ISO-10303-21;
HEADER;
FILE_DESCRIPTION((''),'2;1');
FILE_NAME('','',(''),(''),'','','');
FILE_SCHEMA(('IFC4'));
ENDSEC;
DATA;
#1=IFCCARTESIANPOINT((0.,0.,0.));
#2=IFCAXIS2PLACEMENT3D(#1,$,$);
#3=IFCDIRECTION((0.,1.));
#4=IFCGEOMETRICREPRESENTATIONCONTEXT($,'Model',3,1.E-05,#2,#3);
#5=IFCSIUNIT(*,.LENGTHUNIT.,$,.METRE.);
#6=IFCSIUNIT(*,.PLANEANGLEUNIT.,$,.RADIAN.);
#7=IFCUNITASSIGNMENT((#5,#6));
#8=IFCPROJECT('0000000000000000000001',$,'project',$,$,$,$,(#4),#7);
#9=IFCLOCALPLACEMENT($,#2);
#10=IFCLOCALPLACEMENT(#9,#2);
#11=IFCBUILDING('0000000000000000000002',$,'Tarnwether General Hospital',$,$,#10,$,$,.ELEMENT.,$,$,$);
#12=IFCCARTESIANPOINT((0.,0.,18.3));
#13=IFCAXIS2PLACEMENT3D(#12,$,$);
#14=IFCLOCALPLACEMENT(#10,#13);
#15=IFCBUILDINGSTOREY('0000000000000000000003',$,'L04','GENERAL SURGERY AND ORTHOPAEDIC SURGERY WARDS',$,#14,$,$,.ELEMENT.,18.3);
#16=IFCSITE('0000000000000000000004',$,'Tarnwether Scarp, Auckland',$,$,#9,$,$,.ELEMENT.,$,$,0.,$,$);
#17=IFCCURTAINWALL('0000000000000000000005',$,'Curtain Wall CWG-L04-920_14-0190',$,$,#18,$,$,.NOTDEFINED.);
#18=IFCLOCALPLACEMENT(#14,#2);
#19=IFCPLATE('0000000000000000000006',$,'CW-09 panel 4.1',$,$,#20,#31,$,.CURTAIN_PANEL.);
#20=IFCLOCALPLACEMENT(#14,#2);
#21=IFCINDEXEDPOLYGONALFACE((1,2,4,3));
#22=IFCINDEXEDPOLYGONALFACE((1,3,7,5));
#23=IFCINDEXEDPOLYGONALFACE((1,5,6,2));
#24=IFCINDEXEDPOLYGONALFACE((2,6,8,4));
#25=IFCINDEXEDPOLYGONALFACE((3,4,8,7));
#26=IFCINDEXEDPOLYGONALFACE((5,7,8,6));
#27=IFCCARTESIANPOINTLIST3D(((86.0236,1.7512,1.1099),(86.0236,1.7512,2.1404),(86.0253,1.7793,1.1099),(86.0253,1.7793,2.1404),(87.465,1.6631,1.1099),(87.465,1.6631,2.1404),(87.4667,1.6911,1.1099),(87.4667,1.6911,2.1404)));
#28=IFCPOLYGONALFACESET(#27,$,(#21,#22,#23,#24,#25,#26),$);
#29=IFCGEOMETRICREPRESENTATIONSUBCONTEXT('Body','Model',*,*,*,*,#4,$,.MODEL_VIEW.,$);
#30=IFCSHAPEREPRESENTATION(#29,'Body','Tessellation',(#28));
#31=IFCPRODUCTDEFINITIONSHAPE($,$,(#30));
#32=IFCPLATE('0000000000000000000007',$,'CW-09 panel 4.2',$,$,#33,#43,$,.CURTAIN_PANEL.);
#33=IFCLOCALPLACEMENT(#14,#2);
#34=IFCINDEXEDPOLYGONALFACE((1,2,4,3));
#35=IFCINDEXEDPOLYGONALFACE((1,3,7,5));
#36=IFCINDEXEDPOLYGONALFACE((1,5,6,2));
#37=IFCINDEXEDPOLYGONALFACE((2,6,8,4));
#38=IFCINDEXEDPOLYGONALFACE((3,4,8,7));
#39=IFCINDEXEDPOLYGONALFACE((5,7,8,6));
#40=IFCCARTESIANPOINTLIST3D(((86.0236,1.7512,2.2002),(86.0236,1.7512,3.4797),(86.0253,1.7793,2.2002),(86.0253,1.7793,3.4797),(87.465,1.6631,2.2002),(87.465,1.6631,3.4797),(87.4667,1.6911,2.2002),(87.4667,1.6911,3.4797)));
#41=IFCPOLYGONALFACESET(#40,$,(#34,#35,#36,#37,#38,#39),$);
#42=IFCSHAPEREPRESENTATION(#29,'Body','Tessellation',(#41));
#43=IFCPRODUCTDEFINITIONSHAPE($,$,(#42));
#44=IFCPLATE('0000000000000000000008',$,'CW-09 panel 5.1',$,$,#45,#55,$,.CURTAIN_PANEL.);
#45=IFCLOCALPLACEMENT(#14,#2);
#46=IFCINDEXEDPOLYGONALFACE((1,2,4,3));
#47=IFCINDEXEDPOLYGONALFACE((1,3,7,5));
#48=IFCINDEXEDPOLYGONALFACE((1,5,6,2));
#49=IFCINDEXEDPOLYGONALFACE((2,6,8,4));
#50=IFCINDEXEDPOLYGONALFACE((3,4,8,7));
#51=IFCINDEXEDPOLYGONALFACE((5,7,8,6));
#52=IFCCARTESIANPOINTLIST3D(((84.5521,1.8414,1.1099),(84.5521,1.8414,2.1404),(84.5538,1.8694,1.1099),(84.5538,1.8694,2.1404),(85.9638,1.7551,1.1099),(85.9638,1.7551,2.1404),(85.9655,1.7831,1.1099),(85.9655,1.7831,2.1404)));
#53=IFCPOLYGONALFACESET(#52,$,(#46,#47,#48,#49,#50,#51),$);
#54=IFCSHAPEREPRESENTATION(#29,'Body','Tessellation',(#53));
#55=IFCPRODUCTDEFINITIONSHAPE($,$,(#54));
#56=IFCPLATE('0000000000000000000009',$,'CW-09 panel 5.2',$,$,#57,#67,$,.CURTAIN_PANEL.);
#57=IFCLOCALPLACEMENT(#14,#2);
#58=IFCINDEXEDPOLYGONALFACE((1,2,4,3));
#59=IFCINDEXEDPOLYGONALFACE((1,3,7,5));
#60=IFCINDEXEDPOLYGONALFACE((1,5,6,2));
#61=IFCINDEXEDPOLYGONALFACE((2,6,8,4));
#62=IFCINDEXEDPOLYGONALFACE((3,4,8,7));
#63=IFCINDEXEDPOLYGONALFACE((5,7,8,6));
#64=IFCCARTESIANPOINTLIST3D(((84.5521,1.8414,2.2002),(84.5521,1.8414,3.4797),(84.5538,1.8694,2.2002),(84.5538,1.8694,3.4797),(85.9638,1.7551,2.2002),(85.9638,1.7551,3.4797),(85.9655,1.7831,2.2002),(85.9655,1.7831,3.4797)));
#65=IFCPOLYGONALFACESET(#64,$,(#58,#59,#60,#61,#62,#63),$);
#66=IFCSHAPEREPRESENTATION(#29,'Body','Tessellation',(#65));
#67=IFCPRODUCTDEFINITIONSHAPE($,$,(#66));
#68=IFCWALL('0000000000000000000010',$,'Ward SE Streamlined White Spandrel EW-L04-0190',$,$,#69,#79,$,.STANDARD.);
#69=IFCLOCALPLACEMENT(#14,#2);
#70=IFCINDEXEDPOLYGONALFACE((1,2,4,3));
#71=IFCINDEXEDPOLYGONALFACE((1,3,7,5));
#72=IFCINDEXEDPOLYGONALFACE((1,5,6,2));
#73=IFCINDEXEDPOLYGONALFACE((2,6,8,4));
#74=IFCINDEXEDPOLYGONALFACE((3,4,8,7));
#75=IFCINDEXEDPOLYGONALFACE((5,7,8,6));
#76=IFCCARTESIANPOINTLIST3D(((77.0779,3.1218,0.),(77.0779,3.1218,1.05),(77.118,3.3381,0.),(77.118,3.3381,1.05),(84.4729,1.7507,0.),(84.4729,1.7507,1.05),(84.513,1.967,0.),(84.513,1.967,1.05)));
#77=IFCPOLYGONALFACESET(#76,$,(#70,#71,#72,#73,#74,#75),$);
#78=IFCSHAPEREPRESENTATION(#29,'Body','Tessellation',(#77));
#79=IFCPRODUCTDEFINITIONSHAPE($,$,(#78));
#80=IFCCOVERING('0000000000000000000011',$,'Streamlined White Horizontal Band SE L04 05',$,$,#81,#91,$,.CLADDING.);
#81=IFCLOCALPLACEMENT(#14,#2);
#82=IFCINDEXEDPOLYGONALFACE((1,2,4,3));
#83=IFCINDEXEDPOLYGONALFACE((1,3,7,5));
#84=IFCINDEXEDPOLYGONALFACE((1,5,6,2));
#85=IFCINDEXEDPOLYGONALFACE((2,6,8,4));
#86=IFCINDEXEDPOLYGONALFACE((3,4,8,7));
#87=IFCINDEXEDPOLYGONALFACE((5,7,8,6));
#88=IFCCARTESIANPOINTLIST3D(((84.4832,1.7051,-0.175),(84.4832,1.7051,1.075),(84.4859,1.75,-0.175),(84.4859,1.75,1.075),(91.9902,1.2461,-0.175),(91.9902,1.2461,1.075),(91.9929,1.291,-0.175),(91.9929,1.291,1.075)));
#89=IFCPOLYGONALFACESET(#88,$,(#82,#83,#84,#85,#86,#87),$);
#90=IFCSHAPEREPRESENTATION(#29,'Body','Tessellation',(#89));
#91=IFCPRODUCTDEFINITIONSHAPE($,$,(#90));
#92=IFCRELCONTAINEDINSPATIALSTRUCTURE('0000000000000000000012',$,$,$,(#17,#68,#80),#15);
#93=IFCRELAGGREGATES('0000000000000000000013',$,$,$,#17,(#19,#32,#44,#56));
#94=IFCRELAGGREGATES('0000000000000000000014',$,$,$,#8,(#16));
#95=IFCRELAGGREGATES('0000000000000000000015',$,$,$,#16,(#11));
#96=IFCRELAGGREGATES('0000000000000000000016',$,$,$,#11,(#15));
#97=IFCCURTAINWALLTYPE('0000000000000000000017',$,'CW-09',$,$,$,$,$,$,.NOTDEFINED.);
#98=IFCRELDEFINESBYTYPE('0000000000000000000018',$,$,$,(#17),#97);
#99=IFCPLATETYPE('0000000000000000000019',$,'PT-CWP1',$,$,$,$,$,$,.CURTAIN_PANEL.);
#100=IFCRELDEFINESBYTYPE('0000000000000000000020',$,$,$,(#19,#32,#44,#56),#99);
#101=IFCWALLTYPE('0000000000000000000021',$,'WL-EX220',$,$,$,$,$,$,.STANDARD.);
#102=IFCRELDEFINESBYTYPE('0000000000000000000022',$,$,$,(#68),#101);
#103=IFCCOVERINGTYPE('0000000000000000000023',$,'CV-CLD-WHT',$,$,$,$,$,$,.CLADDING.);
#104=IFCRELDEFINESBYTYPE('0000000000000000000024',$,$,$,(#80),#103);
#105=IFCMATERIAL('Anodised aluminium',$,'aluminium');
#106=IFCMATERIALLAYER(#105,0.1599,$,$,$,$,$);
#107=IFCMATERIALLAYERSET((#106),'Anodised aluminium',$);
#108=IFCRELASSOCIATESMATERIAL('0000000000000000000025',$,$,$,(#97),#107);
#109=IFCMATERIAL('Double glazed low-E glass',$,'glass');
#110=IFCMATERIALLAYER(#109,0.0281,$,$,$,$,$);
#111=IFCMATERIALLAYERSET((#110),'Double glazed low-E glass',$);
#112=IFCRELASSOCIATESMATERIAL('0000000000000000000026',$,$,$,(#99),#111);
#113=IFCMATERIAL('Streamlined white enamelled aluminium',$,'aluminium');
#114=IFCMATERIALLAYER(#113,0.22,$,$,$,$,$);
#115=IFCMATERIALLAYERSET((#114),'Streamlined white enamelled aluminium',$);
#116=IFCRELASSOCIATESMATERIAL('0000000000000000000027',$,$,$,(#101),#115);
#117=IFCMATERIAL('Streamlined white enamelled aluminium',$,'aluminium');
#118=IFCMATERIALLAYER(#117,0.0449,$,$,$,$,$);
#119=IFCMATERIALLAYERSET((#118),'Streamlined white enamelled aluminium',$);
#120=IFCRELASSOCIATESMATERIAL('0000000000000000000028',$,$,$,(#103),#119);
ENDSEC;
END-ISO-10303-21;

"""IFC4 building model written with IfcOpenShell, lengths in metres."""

from ifc_helpers import new_model, si_unit, direction, frame, frame_2d, origin, origin_2d, place, context, subcontext, project, spatial, rectangle, extrude, material, layer, layer_set, type_object, element, aggregate, save


model = new_model("IFC4")

# Units and contexts
model_context = context("Model", 3, precision=1e-05, world=origin(), true_north=direction((0.0, 1.0)))
body_context = subcontext(model_context, "Body", "Model", "MODEL_VIEW")
ifc_project = project(units=[si_unit("LENGTHUNIT", "METRE"), si_unit("PLANEANGLEUNIT", "RADIAN")], contexts=[model_context])

# Site, building, storey
site_placement = place(None, origin())
site = spatial("IfcSite", under=ifc_project, at=site_placement, Name="Tarnwether Scarp, Auckland", CompositionType="ELEMENT", RefElevation=0.0)
building_placement = place(site_placement, origin())
building = spatial("IfcBuilding", under=site, at=building_placement, Name="Tarnwether General Hospital", CompositionType="ELEMENT")
storey_placement = place(building_placement, frame((0.0, 0.0, 18.3)))
storey = spatial("IfcBuildingStorey", under=building, at=storey_placement, Name="L04", Description="GENERAL SURGERY AND ORTHOPAEDIC SURGERY WARDS", CompositionType="ELEMENT", Elevation=18.3)

# Curtain wall
ifc_material_1 = material(Name="Anodised aluminium", Category="aluminium")
ifc_layer_1 = layer(ifc_material_1, 0.1599)
ifc_layer_set_1 = layer_set([ifc_layer_1], Name="Anodised aluminium")
curtain_wall_type = type_object("IfcCurtainWallType", Name="CW-09", PredefinedType="NOTDEFINED", material=ifc_layer_set_1)
curtain_wall_1_placement = place(storey_placement, origin())
curtain_wall_1 = element("IfcCurtainWall", 1, at=curtain_wall_1_placement, inside=storey, type_object=curtain_wall_type, Name="Curtain Wall CWG-L04-920_14-0190", PredefinedType="NOTDEFINED")

# Plates
ifc_material_2 = material(Name="Double glazed low-E glass", Category="glass")
ifc_layer_2 = layer(ifc_material_2, 0.0281)
ifc_layer_set_2 = layer_set([ifc_layer_2], Name="Double glazed low-E glass")
plate_type = type_object("IfcPlateType", Name="PT-CWP1", PredefinedType="CURTAIN_PANEL", material=ifc_layer_set_2)
plate_1_placement = place(storey_placement, frame((86.7451, 1.7212, 1.1099), z_axis=(0.0, 0.0, 1.0), x_axis=(-0.998136, 0.061029, 0.0)))
plate_1 = element("IfcPlate", 2, at=plate_1_placement, type_object=plate_type, Name="CW-09 panel 4.1", PredefinedType="CURTAIN_PANEL", context=body_context, shape_type="SweptSolid", body=[
    extrude(rectangle(XDim=1.4441, YDim=0.0281, at=origin_2d()), origin(), (0.0, 0.0, 1.0), 1.0305),
])
plate_2_placement = place(storey_placement, frame((86.7451, 1.7212, 2.2002), z_axis=(0.0, 0.0, 1.0), x_axis=(-0.998136, 0.061029, 0.0)))
plate_2 = element("IfcPlate", 3, at=plate_2_placement, type_object=plate_type, Name="CW-09 panel 4.2", PredefinedType="CURTAIN_PANEL", context=body_context, shape_type="SweptSolid", body=[
    extrude(rectangle(XDim=1.4441, YDim=0.0281, at=origin_2d()), origin(), (0.0, 0.0, 1.0), 1.2795),
])
plate_3_placement = place(storey_placement, frame((85.2588, 1.8123, 1.1099), z_axis=(0.0, 0.0, 1.0), x_axis=(-0.998136, 0.061029, 0.0)))
plate_3 = element("IfcPlate", 4, at=plate_3_placement, type_object=plate_type, Name="CW-09 panel 5.1", PredefinedType="CURTAIN_PANEL", context=body_context, shape_type="SweptSolid", body=[
    extrude(rectangle(XDim=1.4143, YDim=0.0281, at=origin_2d()), origin(), (0.0, 0.0, 1.0), 1.0305),
])
plate_4_placement = place(storey_placement, frame((85.2588, 1.8123, 2.2002), z_axis=(0.0, 0.0, 1.0), x_axis=(-0.998136, 0.061029, 0.0)))
plate_4 = element("IfcPlate", 5, at=plate_4_placement, type_object=plate_type, Name="CW-09 panel 5.2", PredefinedType="CURTAIN_PANEL", context=body_context, shape_type="SweptSolid", body=[
    extrude(rectangle(XDim=1.4143, YDim=0.0281, at=origin_2d()), origin(), (0.0, 0.0, 1.0), 1.2795),
])
aggregate(curtain_wall_1, [plate_1, plate_2, plate_3, plate_4])

# Wall
ifc_material_3 = material(Name="Streamlined white enamelled aluminium", Category="aluminium")
ifc_layer_3 = layer(ifc_material_3, 0.22)
ifc_layer_set_3 = layer_set([ifc_layer_3], Name="Streamlined white enamelled aluminium")
wall_type = type_object("IfcWallType", Name="WL-EX220", PredefinedType="STANDARD", material=ifc_layer_set_3)
wall_placement = place(storey_placement, frame((84.4929, 1.8589, 0.0), z_axis=(0.0, 0.0, 1.0), x_axis=(-0.983243, 0.182301, 0.0)))
element("IfcWall", 6, at=wall_placement, inside=storey, type_object=wall_type, Name="Ward SE Streamlined White Spandrel EW-L04-0190", PredefinedType="STANDARD", context=body_context, shape_type="SweptSolid", body=[
    extrude(rectangle(XDim=7.521, YDim=0.22, at=frame_2d((3.7605, 0.0))), origin(), (0.0, 0.0, 1.0), 1.05),
])

# Covering
ifc_material_4 = material(Name="Streamlined white enamelled aluminium", Category="aluminium")
ifc_layer_4 = layer(ifc_material_4, 0.0449)
ifc_layer_set_4 = layer_set([ifc_layer_4], Name="Streamlined white enamelled aluminium")
covering_type = type_object("IfcCoveringType", Name="CV-CLD-WHT", PredefinedType="CLADDING", material=ifc_layer_set_4)
covering_placement = place(storey_placement, frame((88.238, 1.498, -0.175), z_axis=(0.0, 0.0, 1.0), x_axis=(-0.998136, 0.061031, 0.0)))
element("IfcCovering", 7, at=covering_placement, inside=storey, type_object=covering_type, Name="Streamlined White Horizontal Band SE L04 05", PredefinedType="CLADDING", context=body_context, shape_type="SweptSolid", body=[
    extrude(rectangle(XDim=7.521, YDim=0.0449, at=origin_2d()), origin(), (0.0, 0.0, 1.0), 1.25),
])

save(model, "model.ifc")
